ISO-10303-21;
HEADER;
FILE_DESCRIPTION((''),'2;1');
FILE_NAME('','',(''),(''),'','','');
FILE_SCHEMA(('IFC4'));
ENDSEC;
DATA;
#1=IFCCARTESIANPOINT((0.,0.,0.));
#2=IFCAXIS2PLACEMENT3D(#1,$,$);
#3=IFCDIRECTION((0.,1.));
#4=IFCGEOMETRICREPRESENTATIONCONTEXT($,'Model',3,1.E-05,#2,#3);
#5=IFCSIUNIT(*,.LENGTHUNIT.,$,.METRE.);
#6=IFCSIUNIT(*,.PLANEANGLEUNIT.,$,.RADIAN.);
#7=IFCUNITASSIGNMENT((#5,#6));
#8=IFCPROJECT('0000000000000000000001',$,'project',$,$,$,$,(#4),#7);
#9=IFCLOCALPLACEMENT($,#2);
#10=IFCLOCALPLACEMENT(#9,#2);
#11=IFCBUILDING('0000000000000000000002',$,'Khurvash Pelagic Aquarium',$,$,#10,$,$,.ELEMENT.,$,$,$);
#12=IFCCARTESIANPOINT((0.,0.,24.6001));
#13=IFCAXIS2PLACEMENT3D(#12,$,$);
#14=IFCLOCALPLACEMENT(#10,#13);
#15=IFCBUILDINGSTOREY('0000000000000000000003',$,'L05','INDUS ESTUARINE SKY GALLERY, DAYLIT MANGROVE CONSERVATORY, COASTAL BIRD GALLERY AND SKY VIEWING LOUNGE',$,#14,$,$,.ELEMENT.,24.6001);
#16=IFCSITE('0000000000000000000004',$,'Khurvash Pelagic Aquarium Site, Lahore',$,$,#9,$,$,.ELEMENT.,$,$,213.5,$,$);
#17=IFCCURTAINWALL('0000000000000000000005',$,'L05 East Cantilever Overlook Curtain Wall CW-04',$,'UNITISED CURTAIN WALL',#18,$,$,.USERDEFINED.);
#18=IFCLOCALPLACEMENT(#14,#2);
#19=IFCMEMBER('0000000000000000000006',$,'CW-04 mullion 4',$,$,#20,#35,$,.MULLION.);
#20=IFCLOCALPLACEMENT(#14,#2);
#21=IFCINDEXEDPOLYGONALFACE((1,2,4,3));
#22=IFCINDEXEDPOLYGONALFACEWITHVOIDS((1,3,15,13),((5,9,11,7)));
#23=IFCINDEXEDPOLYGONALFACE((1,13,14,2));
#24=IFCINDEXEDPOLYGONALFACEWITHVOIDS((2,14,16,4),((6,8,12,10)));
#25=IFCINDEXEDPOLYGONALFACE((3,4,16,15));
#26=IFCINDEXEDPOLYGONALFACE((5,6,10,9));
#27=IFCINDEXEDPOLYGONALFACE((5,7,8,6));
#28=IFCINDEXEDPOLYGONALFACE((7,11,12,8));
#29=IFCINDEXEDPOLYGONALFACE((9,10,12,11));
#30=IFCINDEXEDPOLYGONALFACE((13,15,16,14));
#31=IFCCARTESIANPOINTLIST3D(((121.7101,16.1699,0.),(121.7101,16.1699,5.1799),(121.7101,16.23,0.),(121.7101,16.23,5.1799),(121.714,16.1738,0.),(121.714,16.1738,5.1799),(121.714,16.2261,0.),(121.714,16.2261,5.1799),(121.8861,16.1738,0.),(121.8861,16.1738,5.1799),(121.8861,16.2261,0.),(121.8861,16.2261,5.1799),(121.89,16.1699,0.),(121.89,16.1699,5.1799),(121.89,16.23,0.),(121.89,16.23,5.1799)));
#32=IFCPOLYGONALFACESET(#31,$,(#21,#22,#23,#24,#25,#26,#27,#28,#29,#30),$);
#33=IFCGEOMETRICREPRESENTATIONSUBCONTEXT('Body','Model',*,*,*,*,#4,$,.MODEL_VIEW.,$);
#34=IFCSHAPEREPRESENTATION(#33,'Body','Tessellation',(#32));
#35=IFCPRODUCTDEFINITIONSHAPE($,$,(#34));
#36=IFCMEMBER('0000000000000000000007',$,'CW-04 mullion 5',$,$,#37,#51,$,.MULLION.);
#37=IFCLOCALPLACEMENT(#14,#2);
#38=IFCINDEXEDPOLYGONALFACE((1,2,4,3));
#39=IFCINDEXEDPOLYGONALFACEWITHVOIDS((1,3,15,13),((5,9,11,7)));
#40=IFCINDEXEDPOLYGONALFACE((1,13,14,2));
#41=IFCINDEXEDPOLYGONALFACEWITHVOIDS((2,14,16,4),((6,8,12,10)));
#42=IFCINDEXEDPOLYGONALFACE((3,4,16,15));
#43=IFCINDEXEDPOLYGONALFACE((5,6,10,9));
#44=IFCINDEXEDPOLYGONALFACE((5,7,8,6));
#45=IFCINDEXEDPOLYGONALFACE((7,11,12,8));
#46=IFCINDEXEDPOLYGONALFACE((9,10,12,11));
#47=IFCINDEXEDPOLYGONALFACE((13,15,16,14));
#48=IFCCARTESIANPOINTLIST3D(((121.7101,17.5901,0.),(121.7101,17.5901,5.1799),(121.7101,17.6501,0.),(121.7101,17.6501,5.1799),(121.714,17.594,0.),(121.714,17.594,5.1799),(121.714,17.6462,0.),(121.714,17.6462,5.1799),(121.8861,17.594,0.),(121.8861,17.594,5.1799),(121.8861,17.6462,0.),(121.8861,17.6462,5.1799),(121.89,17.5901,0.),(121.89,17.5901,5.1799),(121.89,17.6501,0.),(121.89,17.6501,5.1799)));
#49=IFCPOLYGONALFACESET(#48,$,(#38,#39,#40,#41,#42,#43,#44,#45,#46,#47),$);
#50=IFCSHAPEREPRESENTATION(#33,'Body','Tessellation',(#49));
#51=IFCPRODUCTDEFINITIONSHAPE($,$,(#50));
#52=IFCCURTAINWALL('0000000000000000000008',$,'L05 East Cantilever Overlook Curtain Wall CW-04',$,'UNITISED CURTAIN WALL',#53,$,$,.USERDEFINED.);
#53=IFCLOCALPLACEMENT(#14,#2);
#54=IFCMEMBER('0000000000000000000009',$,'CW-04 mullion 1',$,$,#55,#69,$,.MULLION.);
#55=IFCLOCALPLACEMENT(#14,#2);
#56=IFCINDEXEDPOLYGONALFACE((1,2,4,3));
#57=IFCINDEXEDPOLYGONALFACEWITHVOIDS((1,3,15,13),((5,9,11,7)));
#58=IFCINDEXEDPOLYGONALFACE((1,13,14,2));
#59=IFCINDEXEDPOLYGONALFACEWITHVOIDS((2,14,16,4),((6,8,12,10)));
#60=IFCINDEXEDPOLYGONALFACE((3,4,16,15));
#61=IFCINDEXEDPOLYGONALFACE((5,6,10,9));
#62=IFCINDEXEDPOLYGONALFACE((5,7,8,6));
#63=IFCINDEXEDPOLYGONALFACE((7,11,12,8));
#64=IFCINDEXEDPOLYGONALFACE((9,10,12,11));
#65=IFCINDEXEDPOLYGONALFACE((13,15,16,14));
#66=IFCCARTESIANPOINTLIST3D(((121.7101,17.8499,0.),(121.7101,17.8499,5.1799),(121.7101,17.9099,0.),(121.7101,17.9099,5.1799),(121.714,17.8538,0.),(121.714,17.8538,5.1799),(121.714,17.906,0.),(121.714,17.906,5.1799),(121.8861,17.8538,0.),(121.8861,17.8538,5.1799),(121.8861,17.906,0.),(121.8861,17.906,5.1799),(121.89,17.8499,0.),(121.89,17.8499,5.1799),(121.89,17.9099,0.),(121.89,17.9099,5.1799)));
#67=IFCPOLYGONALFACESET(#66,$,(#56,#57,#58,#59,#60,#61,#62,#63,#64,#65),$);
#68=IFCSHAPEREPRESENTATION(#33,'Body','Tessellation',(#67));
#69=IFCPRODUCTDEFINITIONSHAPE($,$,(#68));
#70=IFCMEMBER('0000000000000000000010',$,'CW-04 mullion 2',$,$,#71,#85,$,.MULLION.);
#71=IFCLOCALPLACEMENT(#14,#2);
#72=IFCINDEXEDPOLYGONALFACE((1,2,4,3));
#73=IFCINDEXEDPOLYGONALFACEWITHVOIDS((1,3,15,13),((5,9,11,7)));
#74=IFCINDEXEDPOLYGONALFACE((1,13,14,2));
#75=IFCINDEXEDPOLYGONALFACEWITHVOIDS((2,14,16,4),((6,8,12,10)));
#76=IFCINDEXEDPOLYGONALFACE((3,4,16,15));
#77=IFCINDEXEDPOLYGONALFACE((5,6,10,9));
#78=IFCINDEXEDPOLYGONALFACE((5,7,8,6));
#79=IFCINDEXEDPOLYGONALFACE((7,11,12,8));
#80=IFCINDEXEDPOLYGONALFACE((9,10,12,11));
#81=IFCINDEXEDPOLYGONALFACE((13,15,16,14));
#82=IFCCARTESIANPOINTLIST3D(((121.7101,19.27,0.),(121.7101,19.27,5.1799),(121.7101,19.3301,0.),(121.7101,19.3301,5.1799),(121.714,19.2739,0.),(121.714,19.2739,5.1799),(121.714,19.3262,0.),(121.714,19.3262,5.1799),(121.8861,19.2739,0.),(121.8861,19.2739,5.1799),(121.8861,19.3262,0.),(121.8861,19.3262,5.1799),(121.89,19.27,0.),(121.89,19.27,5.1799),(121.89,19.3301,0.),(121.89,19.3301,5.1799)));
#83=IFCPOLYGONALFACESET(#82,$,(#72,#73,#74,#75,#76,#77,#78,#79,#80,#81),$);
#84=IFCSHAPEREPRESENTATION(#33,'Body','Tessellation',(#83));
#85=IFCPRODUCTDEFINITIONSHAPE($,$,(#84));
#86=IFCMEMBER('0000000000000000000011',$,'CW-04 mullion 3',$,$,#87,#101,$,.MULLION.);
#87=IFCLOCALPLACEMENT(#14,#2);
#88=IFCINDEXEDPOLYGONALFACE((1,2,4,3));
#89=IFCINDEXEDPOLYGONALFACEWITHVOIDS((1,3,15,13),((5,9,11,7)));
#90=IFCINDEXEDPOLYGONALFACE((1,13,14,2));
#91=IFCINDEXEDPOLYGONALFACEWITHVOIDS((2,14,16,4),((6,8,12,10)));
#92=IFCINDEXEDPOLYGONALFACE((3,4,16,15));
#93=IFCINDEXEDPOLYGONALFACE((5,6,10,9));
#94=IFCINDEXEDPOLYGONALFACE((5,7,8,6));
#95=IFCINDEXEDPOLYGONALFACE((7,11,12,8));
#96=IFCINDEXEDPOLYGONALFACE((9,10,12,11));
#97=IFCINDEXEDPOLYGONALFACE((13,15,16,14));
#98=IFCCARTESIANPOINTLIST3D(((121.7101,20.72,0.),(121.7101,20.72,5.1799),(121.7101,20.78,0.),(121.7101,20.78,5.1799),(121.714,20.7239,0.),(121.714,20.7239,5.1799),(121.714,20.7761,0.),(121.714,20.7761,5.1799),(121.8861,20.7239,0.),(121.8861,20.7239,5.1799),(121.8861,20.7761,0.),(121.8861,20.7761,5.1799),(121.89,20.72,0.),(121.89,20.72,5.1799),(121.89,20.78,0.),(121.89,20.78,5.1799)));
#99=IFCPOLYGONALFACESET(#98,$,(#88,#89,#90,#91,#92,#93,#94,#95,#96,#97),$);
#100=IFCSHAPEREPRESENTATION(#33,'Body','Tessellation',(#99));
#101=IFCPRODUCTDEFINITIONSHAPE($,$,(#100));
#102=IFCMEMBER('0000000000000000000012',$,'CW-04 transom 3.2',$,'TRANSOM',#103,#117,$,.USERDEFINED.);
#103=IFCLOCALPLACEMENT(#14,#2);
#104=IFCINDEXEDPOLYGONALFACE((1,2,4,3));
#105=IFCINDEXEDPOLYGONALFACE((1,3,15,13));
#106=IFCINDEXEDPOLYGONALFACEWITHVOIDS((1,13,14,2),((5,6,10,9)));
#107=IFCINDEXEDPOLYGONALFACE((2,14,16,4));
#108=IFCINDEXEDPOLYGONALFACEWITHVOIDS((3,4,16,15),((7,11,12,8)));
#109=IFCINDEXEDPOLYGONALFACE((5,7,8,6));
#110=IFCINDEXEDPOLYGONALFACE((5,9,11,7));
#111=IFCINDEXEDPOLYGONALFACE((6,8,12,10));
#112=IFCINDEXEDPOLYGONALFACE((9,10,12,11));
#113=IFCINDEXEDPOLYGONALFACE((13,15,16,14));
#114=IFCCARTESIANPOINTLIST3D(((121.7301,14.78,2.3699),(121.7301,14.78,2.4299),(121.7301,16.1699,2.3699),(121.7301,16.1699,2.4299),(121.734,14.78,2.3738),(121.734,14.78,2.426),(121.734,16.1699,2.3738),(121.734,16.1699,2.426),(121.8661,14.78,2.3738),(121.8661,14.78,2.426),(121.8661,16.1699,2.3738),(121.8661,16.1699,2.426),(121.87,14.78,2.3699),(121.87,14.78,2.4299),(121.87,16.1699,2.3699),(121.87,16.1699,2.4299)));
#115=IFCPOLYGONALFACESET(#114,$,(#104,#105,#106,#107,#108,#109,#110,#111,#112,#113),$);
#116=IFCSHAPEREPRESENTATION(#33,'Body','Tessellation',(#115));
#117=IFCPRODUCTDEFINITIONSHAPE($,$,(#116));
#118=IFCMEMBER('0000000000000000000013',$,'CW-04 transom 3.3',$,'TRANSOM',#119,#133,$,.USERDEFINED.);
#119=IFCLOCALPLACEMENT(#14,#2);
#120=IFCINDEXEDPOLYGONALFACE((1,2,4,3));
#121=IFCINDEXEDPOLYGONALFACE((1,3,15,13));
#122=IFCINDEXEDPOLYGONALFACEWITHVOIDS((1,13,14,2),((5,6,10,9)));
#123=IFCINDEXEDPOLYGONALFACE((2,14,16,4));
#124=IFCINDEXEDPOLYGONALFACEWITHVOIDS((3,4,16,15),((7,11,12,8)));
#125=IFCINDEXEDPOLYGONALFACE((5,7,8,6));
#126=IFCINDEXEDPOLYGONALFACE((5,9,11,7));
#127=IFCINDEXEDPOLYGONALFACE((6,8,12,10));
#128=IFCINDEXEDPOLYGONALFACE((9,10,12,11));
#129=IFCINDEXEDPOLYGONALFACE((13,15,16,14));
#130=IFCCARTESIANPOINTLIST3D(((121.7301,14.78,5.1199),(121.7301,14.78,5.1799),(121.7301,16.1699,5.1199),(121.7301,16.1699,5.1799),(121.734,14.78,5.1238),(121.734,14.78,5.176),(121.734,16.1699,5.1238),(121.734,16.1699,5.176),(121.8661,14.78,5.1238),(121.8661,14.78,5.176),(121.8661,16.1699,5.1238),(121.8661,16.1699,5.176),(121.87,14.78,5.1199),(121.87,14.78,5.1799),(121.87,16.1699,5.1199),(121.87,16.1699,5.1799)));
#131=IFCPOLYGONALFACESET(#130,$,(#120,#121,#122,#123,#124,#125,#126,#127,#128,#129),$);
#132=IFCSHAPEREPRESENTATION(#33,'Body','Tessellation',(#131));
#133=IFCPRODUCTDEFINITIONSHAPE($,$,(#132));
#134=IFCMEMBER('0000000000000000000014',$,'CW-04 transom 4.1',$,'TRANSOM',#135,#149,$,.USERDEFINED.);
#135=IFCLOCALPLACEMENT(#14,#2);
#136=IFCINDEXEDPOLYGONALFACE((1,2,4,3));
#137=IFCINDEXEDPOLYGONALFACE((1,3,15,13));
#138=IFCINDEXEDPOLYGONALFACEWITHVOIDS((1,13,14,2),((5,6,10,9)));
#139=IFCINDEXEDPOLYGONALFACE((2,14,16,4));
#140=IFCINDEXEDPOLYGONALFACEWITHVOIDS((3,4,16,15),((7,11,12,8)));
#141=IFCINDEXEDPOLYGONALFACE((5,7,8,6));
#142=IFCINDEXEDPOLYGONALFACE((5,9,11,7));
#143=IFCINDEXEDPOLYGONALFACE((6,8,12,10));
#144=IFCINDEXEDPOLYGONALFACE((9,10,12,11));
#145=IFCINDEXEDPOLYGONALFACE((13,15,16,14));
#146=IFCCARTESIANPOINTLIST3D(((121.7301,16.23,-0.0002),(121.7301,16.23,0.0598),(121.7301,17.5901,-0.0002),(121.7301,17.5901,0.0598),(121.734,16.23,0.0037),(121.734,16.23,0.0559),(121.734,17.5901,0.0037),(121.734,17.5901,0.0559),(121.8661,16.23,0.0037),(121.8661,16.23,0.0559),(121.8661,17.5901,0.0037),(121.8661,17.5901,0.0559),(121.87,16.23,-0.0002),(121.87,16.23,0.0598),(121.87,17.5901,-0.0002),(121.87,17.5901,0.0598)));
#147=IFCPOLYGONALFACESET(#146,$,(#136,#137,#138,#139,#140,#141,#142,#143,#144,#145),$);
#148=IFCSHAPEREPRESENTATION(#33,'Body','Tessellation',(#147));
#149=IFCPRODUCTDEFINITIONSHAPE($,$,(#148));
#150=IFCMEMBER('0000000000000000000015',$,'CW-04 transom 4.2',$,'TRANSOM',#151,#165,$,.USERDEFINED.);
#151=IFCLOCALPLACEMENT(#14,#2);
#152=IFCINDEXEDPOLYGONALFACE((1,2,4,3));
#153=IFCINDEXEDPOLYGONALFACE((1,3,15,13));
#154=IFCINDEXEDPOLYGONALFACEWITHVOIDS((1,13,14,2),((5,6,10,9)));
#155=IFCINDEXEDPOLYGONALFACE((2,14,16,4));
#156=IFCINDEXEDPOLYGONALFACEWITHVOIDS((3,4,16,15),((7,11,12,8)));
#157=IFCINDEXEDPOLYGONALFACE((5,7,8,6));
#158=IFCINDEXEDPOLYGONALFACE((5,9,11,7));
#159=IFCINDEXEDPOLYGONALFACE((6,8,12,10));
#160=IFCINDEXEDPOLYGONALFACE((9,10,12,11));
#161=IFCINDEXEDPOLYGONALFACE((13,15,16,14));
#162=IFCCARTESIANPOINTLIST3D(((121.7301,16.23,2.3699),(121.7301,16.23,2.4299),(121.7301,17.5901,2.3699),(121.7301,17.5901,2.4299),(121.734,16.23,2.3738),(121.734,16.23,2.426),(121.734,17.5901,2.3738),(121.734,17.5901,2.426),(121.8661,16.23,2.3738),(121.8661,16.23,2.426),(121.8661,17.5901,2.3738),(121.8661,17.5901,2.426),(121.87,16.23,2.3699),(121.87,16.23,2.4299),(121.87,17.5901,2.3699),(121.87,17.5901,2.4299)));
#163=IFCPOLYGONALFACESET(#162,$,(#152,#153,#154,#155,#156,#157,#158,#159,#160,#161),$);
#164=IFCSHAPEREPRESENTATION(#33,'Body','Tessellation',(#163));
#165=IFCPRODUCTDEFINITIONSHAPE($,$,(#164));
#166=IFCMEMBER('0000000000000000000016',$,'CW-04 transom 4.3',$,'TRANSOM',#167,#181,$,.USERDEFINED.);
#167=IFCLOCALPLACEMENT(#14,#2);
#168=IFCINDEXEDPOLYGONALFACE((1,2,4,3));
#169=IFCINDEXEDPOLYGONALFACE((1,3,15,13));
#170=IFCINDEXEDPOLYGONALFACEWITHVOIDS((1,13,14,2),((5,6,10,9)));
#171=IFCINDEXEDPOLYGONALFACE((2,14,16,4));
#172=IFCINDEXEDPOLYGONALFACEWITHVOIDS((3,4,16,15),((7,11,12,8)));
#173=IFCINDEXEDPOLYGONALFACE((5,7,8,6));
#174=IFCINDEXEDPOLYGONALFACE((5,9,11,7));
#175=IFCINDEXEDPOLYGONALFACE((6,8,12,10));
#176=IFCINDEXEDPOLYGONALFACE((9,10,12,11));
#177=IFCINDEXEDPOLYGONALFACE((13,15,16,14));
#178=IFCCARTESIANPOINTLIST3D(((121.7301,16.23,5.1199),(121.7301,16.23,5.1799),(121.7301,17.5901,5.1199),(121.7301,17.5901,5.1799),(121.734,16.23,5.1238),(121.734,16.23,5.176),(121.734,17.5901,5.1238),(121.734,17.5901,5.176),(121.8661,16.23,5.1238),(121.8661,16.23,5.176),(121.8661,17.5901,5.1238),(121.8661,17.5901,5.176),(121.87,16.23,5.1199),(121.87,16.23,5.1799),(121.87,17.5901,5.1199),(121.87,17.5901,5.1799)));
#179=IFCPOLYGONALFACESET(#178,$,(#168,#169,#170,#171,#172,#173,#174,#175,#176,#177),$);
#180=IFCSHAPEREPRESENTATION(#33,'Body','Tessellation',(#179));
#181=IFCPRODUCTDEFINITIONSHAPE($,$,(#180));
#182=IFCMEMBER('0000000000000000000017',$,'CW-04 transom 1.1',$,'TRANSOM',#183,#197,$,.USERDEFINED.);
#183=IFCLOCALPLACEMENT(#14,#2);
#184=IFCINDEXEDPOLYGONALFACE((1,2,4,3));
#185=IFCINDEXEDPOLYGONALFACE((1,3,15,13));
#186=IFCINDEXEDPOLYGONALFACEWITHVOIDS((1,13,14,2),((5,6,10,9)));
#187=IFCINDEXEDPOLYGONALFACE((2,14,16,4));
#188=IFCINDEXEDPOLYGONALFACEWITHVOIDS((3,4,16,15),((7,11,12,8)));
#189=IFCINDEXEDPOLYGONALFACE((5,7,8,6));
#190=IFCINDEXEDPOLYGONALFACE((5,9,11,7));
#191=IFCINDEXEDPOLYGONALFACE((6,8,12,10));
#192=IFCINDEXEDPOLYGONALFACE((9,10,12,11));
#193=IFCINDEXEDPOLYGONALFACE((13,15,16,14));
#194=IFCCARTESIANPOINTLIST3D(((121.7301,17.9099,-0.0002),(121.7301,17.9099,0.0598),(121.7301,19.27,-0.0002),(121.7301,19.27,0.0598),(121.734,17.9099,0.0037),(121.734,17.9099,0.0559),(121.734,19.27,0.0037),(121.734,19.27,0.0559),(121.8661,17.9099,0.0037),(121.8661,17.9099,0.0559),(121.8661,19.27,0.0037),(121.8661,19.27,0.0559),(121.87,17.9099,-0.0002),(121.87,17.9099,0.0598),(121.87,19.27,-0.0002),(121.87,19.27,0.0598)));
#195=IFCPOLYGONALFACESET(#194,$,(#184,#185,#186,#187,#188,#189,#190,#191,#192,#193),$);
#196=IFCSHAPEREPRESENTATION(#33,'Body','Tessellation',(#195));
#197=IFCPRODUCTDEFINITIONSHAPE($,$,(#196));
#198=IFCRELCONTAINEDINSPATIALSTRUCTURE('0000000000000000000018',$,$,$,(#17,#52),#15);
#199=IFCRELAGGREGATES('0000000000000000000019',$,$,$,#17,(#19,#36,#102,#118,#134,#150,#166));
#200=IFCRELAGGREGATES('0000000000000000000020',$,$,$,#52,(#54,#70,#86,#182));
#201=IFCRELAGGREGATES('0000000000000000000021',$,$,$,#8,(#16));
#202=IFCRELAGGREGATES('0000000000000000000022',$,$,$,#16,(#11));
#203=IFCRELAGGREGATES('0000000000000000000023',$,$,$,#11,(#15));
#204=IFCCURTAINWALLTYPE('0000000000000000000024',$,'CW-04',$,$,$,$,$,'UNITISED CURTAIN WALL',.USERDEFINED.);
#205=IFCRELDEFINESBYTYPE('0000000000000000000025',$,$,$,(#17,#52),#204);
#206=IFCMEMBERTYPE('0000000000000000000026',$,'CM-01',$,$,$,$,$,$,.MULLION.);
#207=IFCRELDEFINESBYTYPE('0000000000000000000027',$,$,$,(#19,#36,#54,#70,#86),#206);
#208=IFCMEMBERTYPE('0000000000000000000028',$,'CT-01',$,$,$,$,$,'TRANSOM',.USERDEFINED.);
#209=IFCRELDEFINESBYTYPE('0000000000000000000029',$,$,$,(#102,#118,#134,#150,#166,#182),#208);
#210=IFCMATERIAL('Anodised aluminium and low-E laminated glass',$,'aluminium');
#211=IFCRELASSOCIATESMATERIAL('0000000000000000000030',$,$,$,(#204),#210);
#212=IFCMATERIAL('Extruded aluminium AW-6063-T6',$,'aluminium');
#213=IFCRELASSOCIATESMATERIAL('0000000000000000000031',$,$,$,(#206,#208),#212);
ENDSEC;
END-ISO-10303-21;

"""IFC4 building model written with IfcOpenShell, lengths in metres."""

from ifc_helpers import new_model, si_unit, direction, frame, origin, origin_2d, place, context, subcontext, project, spatial, hollow_rectangle, extrude, material, material_profile, profile_set, type_object, element, aggregate, save


model = new_model("IFC4")

# Units and contexts
model_context = context("Model", 3, precision=1e-05, world=origin(), true_north=direction((0.0, 1.0)))
body_context = subcontext(model_context, "Body", "Model", "MODEL_VIEW")
ifc_project = project(units=[si_unit("LENGTHUNIT", "METRE"), si_unit("PLANEANGLEUNIT", "RADIAN")], contexts=[model_context])

# Site, building, storey
site_placement = place(None, origin())
site = spatial("IfcSite", under=ifc_project, at=site_placement, Name="Khurvash Pelagic Aquarium Site, Lahore", CompositionType="ELEMENT", RefElevation=213.5)
building_placement = place(site_placement, origin())
building = spatial("IfcBuilding", under=site, at=building_placement, Name="Khurvash Pelagic Aquarium", CompositionType="ELEMENT")
storey_placement = place(building_placement, frame((0.0, 0.0, 24.6001)))
storey = spatial("IfcBuildingStorey", under=building, at=storey_placement, Name="L05", Description="INDUS ESTUARINE SKY GALLERY, DAYLIT MANGROVE CONSERVATORY, COASTAL BIRD GALLERY AND SKY VIEWING LOUNGE", CompositionType="ELEMENT", Elevation=24.6001)

# Curtain walls, members
ifc_material_1 = material(Name="Anodised aluminium and low-E laminated glass", Category="aluminium")
curtain_wall_type = type_object("IfcCurtainWallType", Name="CW-04", ElementType="UNITISED CURTAIN WALL", PredefinedType="USERDEFINED", material=ifc_material_1)
curtain_wall_1_placement = place(storey_placement, origin())
curtain_wall_1 = element("IfcCurtainWall", 1, at=curtain_wall_1_placement, inside=storey, type_object=curtain_wall_type, Name="L05 East Cantilever Overlook Curtain Wall CW-04", ObjectType="UNITISED CURTAIN WALL", PredefinedType="USERDEFINED")
ifc_material_2 = material(Name="Extruded aluminium AW-6063-T6", Category="aluminium")
ifc_material_profile_1 = material_profile(ifc_material_2, hollow_rectangle(XDim=0.0601, YDim=0.1799, WallThickness=0.0039, at=origin_2d()), Name="CWM60X180X4")
ifc_profile_set_1 = profile_set([ifc_material_profile_1], Name="Extruded aluminium AW-6063-T6")
member_type_1 = type_object("IfcMemberType", Name="CM-01", PredefinedType="MULLION", material=ifc_profile_set_1)
member_1_placement = place(storey_placement, frame((121.8, 16.2, 0.0), z_axis=(0.0, 0.0, 1.0), x_axis=(0.0, 1.0, 0.0)))
member_1 = element("IfcMember", 2, at=member_1_placement, type_object=member_type_1, Name="CW-04 mullion 4", PredefinedType="MULLION", context=body_context, shape_type="SweptSolid", body=[
    extrude(hollow_rectangle(XDim=0.0601, YDim=0.1799, WallThickness=0.0039, at=origin_2d()), origin(), (0.0, 0.0, 1.0), 5.1799),
])
member_2_placement = place(storey_placement, frame((121.8, 17.6201, 0.0), z_axis=(0.0, 0.0, 1.0), x_axis=(0.0, 1.0, 0.0)))
member_2 = element("IfcMember", 3, at=member_2_placement, type_object=member_type_1, Name="CW-04 mullion 5", PredefinedType="MULLION", context=body_context, shape_type="SweptSolid", body=[
    extrude(hollow_rectangle(XDim=0.0601, YDim=0.1799, WallThickness=0.0039, at=origin_2d()), origin(), (0.0, 0.0, 1.0), 5.1799),
])
curtain_wall_2_placement = place(storey_placement, origin())
curtain_wall_2 = element("IfcCurtainWall", 4, at=curtain_wall_2_placement, inside=storey, type_object=curtain_wall_type, Name="L05 East Cantilever Overlook Curtain Wall CW-04", ObjectType="UNITISED CURTAIN WALL", PredefinedType="USERDEFINED")
member_3_placement = place(storey_placement, frame((121.8, 17.8799, 0.0), z_axis=(0.0, 0.0, 1.0), x_axis=(0.0, 1.0, 0.0)))
member_3 = element("IfcMember", 5, at=member_3_placement, type_object=member_type_1, Name="CW-04 mullion 1", PredefinedType="MULLION", context=body_context, shape_type="SweptSolid", body=[
    extrude(hollow_rectangle(XDim=0.0601, YDim=0.1799, WallThickness=0.0039, at=origin_2d()), origin(), (0.0, 0.0, 1.0), 5.1799),
])
member_4_placement = place(storey_placement, frame((121.8, 19.3, 0.0), z_axis=(0.0, 0.0, 1.0), x_axis=(0.0, 1.0, 0.0)))
member_4 = element("IfcMember", 6, at=member_4_placement, type_object=member_type_1, Name="CW-04 mullion 2", PredefinedType="MULLION", context=body_context, shape_type="SweptSolid", body=[
    extrude(hollow_rectangle(XDim=0.0601, YDim=0.1799, WallThickness=0.0039, at=origin_2d()), origin(), (0.0, 0.0, 1.0), 5.1799),
])
member_5_placement = place(storey_placement, frame((121.8, 20.75, 0.0), z_axis=(0.0, 0.0, 1.0), x_axis=(0.0, 1.0, 0.0)))
member_5 = element("IfcMember", 7, at=member_5_placement, type_object=member_type_1, Name="CW-04 mullion 3", PredefinedType="MULLION", context=body_context, shape_type="SweptSolid", body=[
    extrude(hollow_rectangle(XDim=0.0601, YDim=0.1799, WallThickness=0.0039, at=origin_2d()), origin(), (0.0, 0.0, 1.0), 5.1799),
])

# Members
ifc_material_profile_2 = material_profile(ifc_material_2, hollow_rectangle(XDim=0.1399, YDim=0.0601, WallThickness=0.0039, at=origin_2d()), Name="CWT140X60X4")
ifc_profile_set_2 = profile_set([ifc_material_profile_2], Name="Extruded aluminium AW-6063-T6")
member_type_2 = type_object("IfcMemberType", Name="CT-01", ElementType="TRANSOM", PredefinedType="USERDEFINED", material=ifc_profile_set_2)
member_6_placement = place(storey_placement, frame((121.8, 14.78, 2.3999), z_axis=(0.0, 1.0, 0.0), x_axis=(-1.0, 0.0, 0.0)))
member_6 = element("IfcMember", 8, at=member_6_placement, type_object=member_type_2, Name="CW-04 transom 3.2", ObjectType="TRANSOM", PredefinedType="USERDEFINED", context=body_context, shape_type="SweptSolid", body=[
    extrude(hollow_rectangle(XDim=0.1399, YDim=0.0601, WallThickness=0.0039, at=origin_2d()), origin(), (0.0, 0.0, 1.0), 1.3899),
])
member_7_placement = place(storey_placement, frame((121.8, 14.78, 5.1499), z_axis=(0.0, 1.0, 0.0), x_axis=(-1.0, 0.0, 0.0)))
member_7 = element("IfcMember", 9, at=member_7_placement, type_object=member_type_2, Name="CW-04 transom 3.3", ObjectType="TRANSOM", PredefinedType="USERDEFINED", context=body_context, shape_type="SweptSolid", body=[
    extrude(hollow_rectangle(XDim=0.1399, YDim=0.0601, WallThickness=0.0039, at=origin_2d()), origin(), (0.0, 0.0, 1.0), 1.3899),
])
member_8_placement = place(storey_placement, frame((121.8, 16.23, 0.0298), z_axis=(0.0, 1.0, 0.0), x_axis=(-1.0, 0.0, 0.0)))
member_8 = element("IfcMember", 10, at=member_8_placement, type_object=member_type_2, Name="CW-04 transom 4.1", ObjectType="TRANSOM", PredefinedType="USERDEFINED", context=body_context, shape_type="SweptSolid", body=[
    extrude(hollow_rectangle(XDim=0.1399, YDim=0.0601, WallThickness=0.0039, at=origin_2d()), origin(), (0.0, 0.0, 1.0), 1.3601),
])
member_9_placement = place(storey_placement, frame((121.8, 16.23, 2.3999), z_axis=(0.0, 1.0, 0.0), x_axis=(-1.0, 0.0, 0.0)))
member_9 = element("IfcMember", 11, at=member_9_placement, type_object=member_type_2, Name="CW-04 transom 4.2", ObjectType="TRANSOM", PredefinedType="USERDEFINED", context=body_context, shape_type="SweptSolid", body=[
    extrude(hollow_rectangle(XDim=0.1399, YDim=0.0601, WallThickness=0.0039, at=origin_2d()), origin(), (0.0, 0.0, 1.0), 1.3601),
])
member_10_placement = place(storey_placement, frame((121.8, 16.23, 5.1499), z_axis=(0.0, 1.0, 0.0), x_axis=(-1.0, 0.0, 0.0)))
member_10 = element("IfcMember", 12, at=member_10_placement, type_object=member_type_2, Name="CW-04 transom 4.3", ObjectType="TRANSOM", PredefinedType="USERDEFINED", context=body_context, shape_type="SweptSolid", body=[
    extrude(hollow_rectangle(XDim=0.1399, YDim=0.0601, WallThickness=0.0039, at=origin_2d()), origin(), (0.0, 0.0, 1.0), 1.3601),
])
member_11_placement = place(storey_placement, frame((121.8, 17.9099, 0.0298), z_axis=(0.0, 1.0, 0.0), x_axis=(-1.0, 0.0, 0.0)))
member_11 = element("IfcMember", 13, at=member_11_placement, type_object=member_type_2, Name="CW-04 transom 1.1", ObjectType="TRANSOM", PredefinedType="USERDEFINED", context=body_context, shape_type="SweptSolid", body=[
    extrude(hollow_rectangle(XDim=0.1399, YDim=0.0601, WallThickness=0.0039, at=origin_2d()), origin(), (0.0, 0.0, 1.0), 1.3601),
])

aggregate(curtain_wall_1, [member_1, member_2, member_6, member_7, member_8, member_9, member_10])
aggregate(curtain_wall_2, [member_3, member_4, member_5, member_11])

save(model, "model.ifc")
